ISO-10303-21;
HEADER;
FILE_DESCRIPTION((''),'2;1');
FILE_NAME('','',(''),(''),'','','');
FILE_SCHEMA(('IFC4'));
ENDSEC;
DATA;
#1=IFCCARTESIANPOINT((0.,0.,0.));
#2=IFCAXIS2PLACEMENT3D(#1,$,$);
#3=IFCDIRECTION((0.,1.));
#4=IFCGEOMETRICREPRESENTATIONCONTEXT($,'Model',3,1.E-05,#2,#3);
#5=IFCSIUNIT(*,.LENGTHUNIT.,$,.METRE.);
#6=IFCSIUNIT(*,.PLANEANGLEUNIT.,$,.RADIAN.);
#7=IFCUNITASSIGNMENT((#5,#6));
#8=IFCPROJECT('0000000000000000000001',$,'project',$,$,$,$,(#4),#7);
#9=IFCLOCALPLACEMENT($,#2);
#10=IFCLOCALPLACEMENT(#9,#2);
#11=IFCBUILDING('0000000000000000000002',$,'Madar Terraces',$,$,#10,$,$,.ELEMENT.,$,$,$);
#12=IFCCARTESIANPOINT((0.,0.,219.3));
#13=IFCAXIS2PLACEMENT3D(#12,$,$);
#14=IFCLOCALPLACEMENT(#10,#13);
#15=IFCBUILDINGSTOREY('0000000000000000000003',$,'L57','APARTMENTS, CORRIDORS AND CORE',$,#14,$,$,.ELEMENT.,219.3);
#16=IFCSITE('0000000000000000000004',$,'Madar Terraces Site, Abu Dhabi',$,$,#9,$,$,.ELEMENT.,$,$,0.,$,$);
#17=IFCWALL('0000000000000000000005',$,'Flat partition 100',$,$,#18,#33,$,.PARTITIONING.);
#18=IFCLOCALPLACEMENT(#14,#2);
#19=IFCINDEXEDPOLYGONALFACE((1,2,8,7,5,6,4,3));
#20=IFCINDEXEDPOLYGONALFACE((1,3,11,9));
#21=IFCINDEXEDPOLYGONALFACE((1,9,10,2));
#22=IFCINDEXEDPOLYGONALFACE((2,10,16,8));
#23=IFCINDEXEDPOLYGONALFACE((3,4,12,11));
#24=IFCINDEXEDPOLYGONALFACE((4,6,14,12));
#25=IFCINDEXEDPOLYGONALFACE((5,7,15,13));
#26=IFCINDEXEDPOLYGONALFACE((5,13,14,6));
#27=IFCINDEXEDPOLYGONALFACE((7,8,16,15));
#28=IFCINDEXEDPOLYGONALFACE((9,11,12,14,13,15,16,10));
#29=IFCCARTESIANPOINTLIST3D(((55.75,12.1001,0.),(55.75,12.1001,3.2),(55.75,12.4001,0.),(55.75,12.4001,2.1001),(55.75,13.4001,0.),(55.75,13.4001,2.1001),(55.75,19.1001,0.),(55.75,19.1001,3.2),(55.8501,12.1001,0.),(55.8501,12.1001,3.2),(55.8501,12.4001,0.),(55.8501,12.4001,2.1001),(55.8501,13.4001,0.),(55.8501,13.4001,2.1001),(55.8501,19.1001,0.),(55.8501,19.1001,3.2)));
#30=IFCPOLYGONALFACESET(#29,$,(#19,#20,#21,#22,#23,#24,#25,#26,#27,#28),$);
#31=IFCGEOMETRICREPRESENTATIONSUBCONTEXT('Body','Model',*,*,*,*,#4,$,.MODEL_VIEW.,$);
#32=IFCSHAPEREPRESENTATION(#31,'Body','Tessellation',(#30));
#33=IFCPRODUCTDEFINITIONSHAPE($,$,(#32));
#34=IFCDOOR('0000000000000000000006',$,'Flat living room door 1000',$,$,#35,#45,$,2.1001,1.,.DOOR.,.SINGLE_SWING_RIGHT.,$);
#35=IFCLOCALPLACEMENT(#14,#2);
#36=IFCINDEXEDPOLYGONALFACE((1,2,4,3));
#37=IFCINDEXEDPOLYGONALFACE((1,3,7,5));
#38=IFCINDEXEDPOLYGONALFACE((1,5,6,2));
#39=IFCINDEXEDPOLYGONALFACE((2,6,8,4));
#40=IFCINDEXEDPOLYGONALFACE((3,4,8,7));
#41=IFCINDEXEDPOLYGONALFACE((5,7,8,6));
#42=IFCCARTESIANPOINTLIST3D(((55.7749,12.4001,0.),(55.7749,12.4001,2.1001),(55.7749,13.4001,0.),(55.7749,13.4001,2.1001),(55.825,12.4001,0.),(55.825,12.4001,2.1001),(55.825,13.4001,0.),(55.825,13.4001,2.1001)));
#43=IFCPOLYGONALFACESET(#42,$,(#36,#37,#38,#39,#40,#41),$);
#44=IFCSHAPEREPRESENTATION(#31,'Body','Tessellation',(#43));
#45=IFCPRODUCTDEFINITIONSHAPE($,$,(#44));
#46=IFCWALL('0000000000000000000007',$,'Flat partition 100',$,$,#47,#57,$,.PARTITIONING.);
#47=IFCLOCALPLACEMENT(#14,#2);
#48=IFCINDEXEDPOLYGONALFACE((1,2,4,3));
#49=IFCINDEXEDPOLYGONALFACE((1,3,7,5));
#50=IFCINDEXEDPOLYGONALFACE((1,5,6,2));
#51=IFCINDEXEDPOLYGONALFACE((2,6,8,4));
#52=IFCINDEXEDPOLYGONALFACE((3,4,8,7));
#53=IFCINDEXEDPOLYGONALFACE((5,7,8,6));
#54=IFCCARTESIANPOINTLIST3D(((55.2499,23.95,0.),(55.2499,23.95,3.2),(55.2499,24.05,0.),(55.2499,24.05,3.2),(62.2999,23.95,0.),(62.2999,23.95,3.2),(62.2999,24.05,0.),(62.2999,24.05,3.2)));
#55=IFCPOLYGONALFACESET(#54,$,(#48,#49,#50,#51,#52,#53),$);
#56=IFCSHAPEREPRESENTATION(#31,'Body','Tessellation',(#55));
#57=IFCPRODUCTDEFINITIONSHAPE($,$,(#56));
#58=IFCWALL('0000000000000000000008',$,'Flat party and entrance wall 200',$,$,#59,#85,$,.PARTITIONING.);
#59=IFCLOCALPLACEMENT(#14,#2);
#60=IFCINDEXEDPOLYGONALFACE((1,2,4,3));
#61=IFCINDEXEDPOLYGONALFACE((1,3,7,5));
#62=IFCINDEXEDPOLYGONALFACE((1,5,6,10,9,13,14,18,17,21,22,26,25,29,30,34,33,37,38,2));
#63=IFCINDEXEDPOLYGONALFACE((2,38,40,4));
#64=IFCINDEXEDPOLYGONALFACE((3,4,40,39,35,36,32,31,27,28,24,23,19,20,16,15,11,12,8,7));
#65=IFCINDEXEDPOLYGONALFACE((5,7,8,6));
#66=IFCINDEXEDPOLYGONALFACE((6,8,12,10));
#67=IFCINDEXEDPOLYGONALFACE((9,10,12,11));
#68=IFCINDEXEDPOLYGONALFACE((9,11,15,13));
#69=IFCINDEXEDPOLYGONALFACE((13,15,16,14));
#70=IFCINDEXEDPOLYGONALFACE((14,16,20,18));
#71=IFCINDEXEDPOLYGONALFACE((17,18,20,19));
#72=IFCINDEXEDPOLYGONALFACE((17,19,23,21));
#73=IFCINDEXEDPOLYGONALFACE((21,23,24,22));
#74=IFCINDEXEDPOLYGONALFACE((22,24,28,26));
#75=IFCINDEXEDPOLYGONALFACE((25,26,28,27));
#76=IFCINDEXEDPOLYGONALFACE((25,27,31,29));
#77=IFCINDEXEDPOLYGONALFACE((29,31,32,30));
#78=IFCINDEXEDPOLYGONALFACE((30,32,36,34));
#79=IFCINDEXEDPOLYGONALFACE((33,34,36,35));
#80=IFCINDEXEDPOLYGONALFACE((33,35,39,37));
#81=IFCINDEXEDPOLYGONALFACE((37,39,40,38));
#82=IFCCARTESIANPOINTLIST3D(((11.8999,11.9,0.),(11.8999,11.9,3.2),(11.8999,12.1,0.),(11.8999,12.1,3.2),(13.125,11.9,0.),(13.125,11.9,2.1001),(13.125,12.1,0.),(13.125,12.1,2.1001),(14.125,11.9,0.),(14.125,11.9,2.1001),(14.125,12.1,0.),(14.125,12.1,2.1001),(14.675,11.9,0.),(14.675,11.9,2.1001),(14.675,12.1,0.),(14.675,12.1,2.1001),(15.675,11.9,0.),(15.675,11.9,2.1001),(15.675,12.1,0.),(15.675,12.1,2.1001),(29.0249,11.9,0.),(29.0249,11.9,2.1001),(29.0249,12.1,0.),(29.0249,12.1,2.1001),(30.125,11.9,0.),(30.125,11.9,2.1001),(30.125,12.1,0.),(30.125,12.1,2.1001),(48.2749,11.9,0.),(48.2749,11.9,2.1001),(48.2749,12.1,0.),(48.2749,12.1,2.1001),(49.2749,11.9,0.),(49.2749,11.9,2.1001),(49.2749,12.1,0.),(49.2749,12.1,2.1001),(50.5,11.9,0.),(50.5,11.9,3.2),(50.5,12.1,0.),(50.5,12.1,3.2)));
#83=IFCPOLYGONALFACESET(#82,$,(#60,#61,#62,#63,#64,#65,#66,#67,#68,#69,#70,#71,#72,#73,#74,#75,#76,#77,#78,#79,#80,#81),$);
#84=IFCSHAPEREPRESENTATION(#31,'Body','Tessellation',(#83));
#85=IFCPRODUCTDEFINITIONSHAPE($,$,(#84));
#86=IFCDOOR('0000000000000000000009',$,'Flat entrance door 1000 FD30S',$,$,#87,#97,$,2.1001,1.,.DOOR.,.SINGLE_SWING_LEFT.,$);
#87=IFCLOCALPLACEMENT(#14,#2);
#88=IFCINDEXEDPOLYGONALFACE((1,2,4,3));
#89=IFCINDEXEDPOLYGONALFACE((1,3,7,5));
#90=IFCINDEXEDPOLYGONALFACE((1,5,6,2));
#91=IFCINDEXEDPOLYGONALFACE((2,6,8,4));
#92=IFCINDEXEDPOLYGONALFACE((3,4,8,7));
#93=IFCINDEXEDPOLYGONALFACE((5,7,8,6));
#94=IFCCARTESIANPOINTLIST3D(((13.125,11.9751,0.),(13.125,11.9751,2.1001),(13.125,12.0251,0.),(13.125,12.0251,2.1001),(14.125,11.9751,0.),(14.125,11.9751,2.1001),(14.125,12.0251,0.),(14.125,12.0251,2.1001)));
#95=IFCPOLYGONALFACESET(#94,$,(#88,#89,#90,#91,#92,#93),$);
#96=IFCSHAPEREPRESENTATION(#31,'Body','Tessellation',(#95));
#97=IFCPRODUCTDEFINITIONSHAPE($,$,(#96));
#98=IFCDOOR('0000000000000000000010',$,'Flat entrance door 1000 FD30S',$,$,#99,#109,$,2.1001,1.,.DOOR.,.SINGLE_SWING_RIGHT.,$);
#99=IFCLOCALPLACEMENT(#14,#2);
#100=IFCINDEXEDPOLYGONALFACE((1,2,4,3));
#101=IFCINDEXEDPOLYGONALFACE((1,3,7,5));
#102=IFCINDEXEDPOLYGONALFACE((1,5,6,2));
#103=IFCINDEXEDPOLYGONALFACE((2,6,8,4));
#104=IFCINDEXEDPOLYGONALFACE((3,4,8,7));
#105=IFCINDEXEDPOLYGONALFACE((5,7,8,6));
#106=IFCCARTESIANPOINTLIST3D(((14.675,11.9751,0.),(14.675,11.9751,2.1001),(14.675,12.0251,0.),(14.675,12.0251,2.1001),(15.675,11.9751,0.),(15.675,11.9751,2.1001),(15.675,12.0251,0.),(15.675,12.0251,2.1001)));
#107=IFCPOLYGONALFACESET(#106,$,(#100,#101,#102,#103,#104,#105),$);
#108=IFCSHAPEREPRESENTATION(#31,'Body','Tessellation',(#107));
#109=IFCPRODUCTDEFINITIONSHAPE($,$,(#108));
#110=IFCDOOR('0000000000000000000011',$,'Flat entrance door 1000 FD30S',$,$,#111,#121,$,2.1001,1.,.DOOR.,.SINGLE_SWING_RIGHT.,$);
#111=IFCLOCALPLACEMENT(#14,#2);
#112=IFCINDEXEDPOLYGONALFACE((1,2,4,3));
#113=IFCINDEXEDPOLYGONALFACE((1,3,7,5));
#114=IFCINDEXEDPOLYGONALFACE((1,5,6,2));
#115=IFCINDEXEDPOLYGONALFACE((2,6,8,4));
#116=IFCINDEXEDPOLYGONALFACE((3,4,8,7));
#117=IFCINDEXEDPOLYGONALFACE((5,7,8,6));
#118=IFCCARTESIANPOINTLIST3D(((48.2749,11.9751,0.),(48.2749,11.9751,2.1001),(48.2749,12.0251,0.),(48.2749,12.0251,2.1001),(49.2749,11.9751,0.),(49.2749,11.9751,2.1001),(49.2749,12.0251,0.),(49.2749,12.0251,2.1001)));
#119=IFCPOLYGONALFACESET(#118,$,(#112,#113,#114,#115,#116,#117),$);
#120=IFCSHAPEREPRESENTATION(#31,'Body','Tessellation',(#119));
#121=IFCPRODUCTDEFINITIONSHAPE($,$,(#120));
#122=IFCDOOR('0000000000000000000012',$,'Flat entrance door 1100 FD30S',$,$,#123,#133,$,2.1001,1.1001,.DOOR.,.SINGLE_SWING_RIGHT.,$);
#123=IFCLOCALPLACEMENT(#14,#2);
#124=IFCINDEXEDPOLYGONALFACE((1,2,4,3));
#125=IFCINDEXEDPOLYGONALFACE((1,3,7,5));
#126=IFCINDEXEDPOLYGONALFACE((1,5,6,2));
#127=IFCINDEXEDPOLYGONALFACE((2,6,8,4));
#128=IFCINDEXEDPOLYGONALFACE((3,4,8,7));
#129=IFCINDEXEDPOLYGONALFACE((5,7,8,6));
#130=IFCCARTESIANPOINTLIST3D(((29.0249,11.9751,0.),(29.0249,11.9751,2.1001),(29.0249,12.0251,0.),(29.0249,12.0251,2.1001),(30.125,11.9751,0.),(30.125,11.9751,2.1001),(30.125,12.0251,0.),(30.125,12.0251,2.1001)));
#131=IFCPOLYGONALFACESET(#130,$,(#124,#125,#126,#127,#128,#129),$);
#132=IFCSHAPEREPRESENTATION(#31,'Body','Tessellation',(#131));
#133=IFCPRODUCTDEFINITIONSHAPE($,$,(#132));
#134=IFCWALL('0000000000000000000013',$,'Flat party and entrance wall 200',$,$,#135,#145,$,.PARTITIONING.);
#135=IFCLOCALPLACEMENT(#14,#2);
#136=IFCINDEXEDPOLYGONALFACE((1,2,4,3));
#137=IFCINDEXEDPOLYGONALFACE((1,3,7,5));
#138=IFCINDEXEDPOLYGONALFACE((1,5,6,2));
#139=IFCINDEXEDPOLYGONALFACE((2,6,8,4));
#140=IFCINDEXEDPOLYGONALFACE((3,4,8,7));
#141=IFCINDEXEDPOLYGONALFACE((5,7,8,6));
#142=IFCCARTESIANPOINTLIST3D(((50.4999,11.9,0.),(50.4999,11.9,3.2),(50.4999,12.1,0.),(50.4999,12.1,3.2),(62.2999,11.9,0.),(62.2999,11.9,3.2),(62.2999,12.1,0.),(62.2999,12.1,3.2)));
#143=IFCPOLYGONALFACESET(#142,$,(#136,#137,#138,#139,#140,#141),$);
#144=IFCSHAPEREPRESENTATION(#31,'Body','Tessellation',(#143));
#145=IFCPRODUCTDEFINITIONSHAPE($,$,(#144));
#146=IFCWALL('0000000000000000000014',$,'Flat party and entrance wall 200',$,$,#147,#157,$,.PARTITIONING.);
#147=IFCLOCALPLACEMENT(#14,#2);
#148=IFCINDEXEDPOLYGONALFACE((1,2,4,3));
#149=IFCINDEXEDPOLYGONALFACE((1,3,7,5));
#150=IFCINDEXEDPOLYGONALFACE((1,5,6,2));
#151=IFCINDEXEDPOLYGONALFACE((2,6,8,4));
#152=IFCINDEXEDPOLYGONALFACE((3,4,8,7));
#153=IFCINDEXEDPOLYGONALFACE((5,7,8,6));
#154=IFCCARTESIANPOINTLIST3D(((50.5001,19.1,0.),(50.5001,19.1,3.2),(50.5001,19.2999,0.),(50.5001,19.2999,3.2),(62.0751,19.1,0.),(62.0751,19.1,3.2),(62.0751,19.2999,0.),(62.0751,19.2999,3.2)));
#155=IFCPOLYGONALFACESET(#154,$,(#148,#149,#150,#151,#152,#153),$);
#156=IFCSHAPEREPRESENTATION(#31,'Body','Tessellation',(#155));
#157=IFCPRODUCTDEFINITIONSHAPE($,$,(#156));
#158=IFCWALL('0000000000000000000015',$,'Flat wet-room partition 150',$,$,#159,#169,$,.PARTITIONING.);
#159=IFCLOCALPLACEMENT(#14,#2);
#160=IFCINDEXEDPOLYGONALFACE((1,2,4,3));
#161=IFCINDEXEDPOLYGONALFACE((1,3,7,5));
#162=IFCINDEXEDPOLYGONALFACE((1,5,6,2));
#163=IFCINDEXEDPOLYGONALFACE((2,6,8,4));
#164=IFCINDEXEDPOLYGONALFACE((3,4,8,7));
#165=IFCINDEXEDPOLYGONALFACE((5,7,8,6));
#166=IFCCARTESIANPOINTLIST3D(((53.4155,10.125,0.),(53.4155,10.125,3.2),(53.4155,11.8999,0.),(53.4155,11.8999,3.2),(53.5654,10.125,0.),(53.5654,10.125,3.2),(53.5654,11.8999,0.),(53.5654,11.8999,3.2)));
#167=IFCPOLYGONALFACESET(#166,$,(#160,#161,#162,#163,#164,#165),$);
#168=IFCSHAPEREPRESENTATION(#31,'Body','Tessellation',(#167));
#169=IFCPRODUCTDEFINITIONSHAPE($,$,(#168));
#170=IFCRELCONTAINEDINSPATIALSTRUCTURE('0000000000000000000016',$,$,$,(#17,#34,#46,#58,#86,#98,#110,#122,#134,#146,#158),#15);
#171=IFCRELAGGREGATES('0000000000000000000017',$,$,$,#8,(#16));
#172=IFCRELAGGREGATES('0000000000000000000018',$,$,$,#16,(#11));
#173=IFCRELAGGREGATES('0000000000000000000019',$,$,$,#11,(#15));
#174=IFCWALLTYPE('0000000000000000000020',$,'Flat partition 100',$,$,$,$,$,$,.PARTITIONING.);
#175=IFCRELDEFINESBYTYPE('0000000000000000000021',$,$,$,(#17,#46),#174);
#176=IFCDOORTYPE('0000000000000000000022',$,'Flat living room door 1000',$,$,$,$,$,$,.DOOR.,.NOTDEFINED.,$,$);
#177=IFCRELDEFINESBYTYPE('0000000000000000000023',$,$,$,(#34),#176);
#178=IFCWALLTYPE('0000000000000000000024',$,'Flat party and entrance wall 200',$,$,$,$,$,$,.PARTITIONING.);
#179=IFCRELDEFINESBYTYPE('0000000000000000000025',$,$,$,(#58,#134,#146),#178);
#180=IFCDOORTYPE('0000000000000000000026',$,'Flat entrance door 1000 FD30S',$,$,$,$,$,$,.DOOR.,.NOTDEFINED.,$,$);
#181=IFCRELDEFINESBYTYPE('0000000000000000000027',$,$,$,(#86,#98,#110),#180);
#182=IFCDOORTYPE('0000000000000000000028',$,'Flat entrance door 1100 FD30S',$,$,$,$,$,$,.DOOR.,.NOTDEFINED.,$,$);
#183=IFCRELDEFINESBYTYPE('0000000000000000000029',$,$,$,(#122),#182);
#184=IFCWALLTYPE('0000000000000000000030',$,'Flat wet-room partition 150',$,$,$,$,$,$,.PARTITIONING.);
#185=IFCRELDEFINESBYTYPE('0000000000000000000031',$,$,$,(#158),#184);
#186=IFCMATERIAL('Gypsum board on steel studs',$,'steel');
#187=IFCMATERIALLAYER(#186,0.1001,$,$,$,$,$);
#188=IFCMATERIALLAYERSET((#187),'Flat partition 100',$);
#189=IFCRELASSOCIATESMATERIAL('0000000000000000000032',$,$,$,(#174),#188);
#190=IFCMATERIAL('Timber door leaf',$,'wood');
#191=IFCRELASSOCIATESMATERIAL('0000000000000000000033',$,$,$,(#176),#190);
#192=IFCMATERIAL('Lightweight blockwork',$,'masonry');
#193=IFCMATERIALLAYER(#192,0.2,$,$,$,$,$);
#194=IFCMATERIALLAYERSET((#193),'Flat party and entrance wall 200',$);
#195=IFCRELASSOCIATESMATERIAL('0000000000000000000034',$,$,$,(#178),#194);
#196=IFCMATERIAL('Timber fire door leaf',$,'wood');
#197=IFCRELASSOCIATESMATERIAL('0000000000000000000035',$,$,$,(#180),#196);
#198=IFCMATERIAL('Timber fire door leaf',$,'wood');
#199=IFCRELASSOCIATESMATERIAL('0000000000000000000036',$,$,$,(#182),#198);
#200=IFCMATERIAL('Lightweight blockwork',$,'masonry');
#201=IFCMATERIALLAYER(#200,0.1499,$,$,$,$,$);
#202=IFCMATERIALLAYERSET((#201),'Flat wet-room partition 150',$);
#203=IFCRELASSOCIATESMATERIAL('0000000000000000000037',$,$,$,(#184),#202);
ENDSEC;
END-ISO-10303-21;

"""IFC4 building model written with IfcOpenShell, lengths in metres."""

from ifc_helpers import new_model, si_unit, direction, frame, frame_2d, origin, place, context, subcontext, project, spatial, rectangle, extrude, material, layer, layer_set, type_object, element, fill, save


model = new_model("IFC4")

# Units and contexts
model_context = context("Model", 3, precision=1e-05, world=origin(), true_north=direction((0.0, 1.0)))
body_context = subcontext(model_context, "Body", "Model", "MODEL_VIEW")
ifc_project = project(units=[si_unit("LENGTHUNIT", "METRE"), si_unit("PLANEANGLEUNIT", "RADIAN")], contexts=[model_context])

# Site, building, storey
site_placement = place(None, origin())
site = spatial("IfcSite", under=ifc_project, at=site_placement, Name="Madar Terraces Site, Abu Dhabi", CompositionType="ELEMENT", RefElevation=0.0)
building_placement = place(site_placement, origin())
building = spatial("IfcBuilding", under=site, at=building_placement, Name="Madar Terraces", CompositionType="ELEMENT")
storey_placement = place(building_placement, frame((0.0, 0.0, 219.3)))
storey = spatial("IfcBuildingStorey", under=building, at=storey_placement, Name="L57", Description="APARTMENTS, CORRIDORS AND CORE", CompositionType="ELEMENT", Elevation=219.3)

# Wall, opening, door
ifc_material_1 = material(Name="Gypsum board on steel studs", Category="steel")
ifc_layer_1 = layer(ifc_material_1, 0.1001)
ifc_layer_set_1 = layer_set([ifc_layer_1], Name="Flat partition 100")
wall_type_1 = type_object("IfcWallType", Name="Flat partition 100", PredefinedType="PARTITIONING", material=ifc_layer_set_1)
wall_1_placement = place(storey_placement, frame((55.8, 19.1001, 0.0), z_axis=(0.0, 0.0, 1.0), x_axis=(0.0, -1.0, 0.0)))
wall_1 = element("IfcWall", 1, at=wall_1_placement, inside=storey, type_object=wall_type_1, Name="Flat partition 100", PredefinedType="PARTITIONING", context=body_context, shape_type="SweptSolid", body=[
    extrude(rectangle(XDim=7.0, YDim=0.1001, at=frame_2d((3.5, 0.0))), origin(), (0.0, 0.0, 1.0), 3.2),
])
opening_1_placement = place(wall_1_placement, frame((5.7, 0.0, 0.0)))
opening_1 = element("IfcOpeningElement", 2, at=opening_1_placement, cuts=wall_1, PredefinedType="OPENING", context=body_context, shape_type="SweptSolid", body=[
    extrude(rectangle(XDim=1.0, YDim=2.1001, at=frame_2d((0.5, 1.05))), frame((0.0, 0.0601, 0.0), z_axis=(0.0, -1.0, 0.0), x_axis=(1.0, 0.0, 0.0)), (0.0, 0.0, 1.0), 0.1201),
])
ifc_material_2 = material(Name="Timber door leaf", Category="wood")
door_type_1 = type_object("IfcDoorType", Name="Flat living room door 1000", OperationType="NOTDEFINED", PredefinedType="DOOR", material=ifc_material_2)
door_1_placement = place(opening_1_placement, origin())
door_1 = element("IfcDoor", 3, at=door_1_placement, inside=storey, type_object=door_type_1, Name="Flat living room door 1000", OperationType="SINGLE_SWING_RIGHT", OverallHeight=2.1001, OverallWidth=1.0, PredefinedType="DOOR", context=body_context, shape_type="SweptSolid", body=[
    extrude(rectangle(XDim=1.0, YDim=2.1001, at=frame_2d((0.5, 1.05))), frame((0.0, 0.0249, 0.0), z_axis=(0.0, -1.0, 0.0), x_axis=(1.0, 0.0, 0.0)), (0.0, 0.0, 1.0), 0.05),
])
fill(opening_1, door_1)

# Wall
wall_2_placement = place(storey_placement, frame((55.25, 24.0, 0.0), z_axis=(0.0, 0.0, 1.0), x_axis=(1.0, 0.0, 0.0)))
element("IfcWall", 4, at=wall_2_placement, inside=storey, type_object=wall_type_1, Name="Flat partition 100", PredefinedType="PARTITIONING", context=body_context, shape_type="SweptSolid", body=[
    extrude(rectangle(XDim=7.05, YDim=0.1001, at=frame_2d((3.5249, 0.0))), origin(), (0.0, 0.0, 1.0), 3.2),
])

# Wall, openings, doors
ifc_material_3 = material(Name="Lightweight blockwork", Category="masonry")
ifc_layer_2 = layer(ifc_material_3, 0.2)
ifc_layer_set_2 = layer_set([ifc_layer_2], Name="Flat party and entrance wall 200")
wall_type_2 = type_object("IfcWallType", Name="Flat party and entrance wall 200", PredefinedType="PARTITIONING", material=ifc_layer_set_2)
wall_3_placement = place(storey_placement, frame((50.5, 12.0, 0.0), z_axis=(0.0, 0.0, 1.0), x_axis=(-1.0, 0.0, 0.0)))
wall_3 = element("IfcWall", 5, at=wall_3_placement, inside=storey, type_object=wall_type_2, Name="Flat party and entrance wall 200", PredefinedType="PARTITIONING", context=body_context, shape_type="SweptSolid", body=[
    extrude(rectangle(XDim=38.6001, YDim=0.2, at=frame_2d((19.3, 0.0))), origin(), (0.0, 0.0, 1.0), 3.2),
])
opening_2_placement = place(wall_3_placement, frame((36.375, 0.0, 0.0)))
opening_2 = element("IfcOpeningElement", 6, at=opening_2_placement, cuts=wall_3, PredefinedType="OPENING", context=body_context, shape_type="SweptSolid", body=[
    extrude(rectangle(XDim=1.0, YDim=2.1001, at=frame_2d((0.5, 1.05))), frame((0.0, 0.1099, 0.0), z_axis=(0.0, -1.0, 0.0), x_axis=(1.0, 0.0, 0.0)), (0.0, 0.0, 1.0), 0.22),
])
opening_3_placement = place(wall_3_placement, frame((34.825, 0.0, 0.0)))
opening_3 = element("IfcOpeningElement", 7, at=opening_3_placement, cuts=wall_3, PredefinedType="OPENING", context=body_context, shape_type="SweptSolid", body=[
    extrude(rectangle(XDim=1.0, YDim=2.1001, at=frame_2d((0.5, 1.05))), frame((0.0, 0.1099, 0.0), z_axis=(0.0, -1.0, 0.0), x_axis=(1.0, 0.0, 0.0)), (0.0, 0.0, 1.0), 0.22),
])
opening_4_placement = place(wall_3_placement, frame((20.375, 0.0, 0.0)))
opening_4 = element("IfcOpeningElement", 8, at=opening_4_placement, cuts=wall_3, PredefinedType="OPENING", context=body_context, shape_type="SweptSolid", body=[
    extrude(rectangle(XDim=1.1001, YDim=2.1001, at=frame_2d((0.55, 1.05))), frame((0.0, 0.1099, 0.0), z_axis=(0.0, -1.0, 0.0), x_axis=(1.0, 0.0, 0.0)), (0.0, 0.0, 1.0), 0.22),
])
opening_5_placement = place(wall_3_placement, frame((1.2251, 0.0, 0.0)))
opening_5 = element("IfcOpeningElement", 9, at=opening_5_placement, cuts=wall_3, PredefinedType="OPENING", context=body_context, shape_type="SweptSolid", body=[
    extrude(rectangle(XDim=1.0, YDim=2.1001, at=frame_2d((0.5, 1.05))), frame((0.0, 0.1099, 0.0), z_axis=(0.0, -1.0, 0.0), x_axis=(1.0, 0.0, 0.0)), (0.0, 0.0, 1.0), 0.22),
])
ifc_material_4 = material(Name="Timber fire door leaf", Category="wood")
door_type_2 = type_object("IfcDoorType", Name="Flat entrance door 1000 FD30S", OperationType="NOTDEFINED", PredefinedType="DOOR", material=ifc_material_4)
door_2_placement = place(opening_2_placement, origin())
door_2 = element("IfcDoor", 10, at=door_2_placement, inside=storey, type_object=door_type_2, Name="Flat entrance door 1000 FD30S", OperationType="SINGLE_SWING_LEFT", OverallHeight=2.1001, OverallWidth=1.0, PredefinedType="DOOR", context=body_context, shape_type="SweptSolid", body=[
    extrude(rectangle(XDim=1.0, YDim=2.1001, at=frame_2d((0.5, 1.05))), frame((0.0, 0.0249, 0.0), z_axis=(0.0, -1.0, 0.0), x_axis=(1.0, 0.0, 0.0)), (0.0, 0.0, 1.0), 0.05),
])
fill(opening_2, door_2)
door_3_placement = place(opening_3_placement, origin())
door_3 = element("IfcDoor", 11, at=door_3_placement, inside=storey, type_object=door_type_2, Name="Flat entrance door 1000 FD30S", OperationType="SINGLE_SWING_RIGHT", OverallHeight=2.1001, OverallWidth=1.0, PredefinedType="DOOR", context=body_context, shape_type="SweptSolid", body=[
    extrude(rectangle(XDim=1.0, YDim=2.1001, at=frame_2d((0.5, 1.05))), frame((0.0, 0.0249, 0.0), z_axis=(0.0, -1.0, 0.0), x_axis=(1.0, 0.0, 0.0)), (0.0, 0.0, 1.0), 0.05),
])
fill(opening_3, door_3)
door_4_placement = place(opening_5_placement, origin())
door_4 = element("IfcDoor", 12, at=door_4_placement, inside=storey, type_object=door_type_2, Name="Flat entrance door 1000 FD30S", OperationType="SINGLE_SWING_RIGHT", OverallHeight=2.1001, OverallWidth=1.0, PredefinedType="DOOR", context=body_context, shape_type="SweptSolid", body=[
    extrude(rectangle(XDim=1.0, YDim=2.1001, at=frame_2d((0.5, 1.05))), frame((0.0, 0.0249, 0.0), z_axis=(0.0, -1.0, 0.0), x_axis=(1.0, 0.0, 0.0)), (0.0, 0.0, 1.0), 0.05),
])
fill(opening_5, door_4)
ifc_material_5 = material(Name="Timber fire door leaf", Category="wood")
door_type_3 = type_object("IfcDoorType", Name="Flat entrance door 1100 FD30S", OperationType="NOTDEFINED", PredefinedType="DOOR", material=ifc_material_5)
door_5_placement = place(opening_4_placement, origin())
door_5 = element("IfcDoor", 13, at=door_5_placement, inside=storey, type_object=door_type_3, Name="Flat entrance door 1100 FD30S", OperationType="SINGLE_SWING_RIGHT", OverallHeight=2.1001, OverallWidth=1.1001, PredefinedType="DOOR", context=body_context, shape_type="SweptSolid", body=[
    extrude(rectangle(XDim=1.1001, YDim=2.1001, at=frame_2d((0.55, 1.05))), frame((0.0, 0.0249, 0.0), z_axis=(0.0, -1.0, 0.0), x_axis=(1.0, 0.0, 0.0)), (0.0, 0.0, 1.0), 0.05),
])
fill(opening_4, door_5)

# Walls
wall_4_placement = place(storey_placement, frame((50.5, 12.0, 0.0), z_axis=(0.0, 0.0, 1.0), x_axis=(1.0, 0.0, 0.0)))
element("IfcWall", 14, at=wall_4_placement, inside=storey, type_object=wall_type_2, Name="Flat party and entrance wall 200", PredefinedType="PARTITIONING", context=body_context, shape_type="SweptSolid", body=[
    extrude(rectangle(XDim=11.8, YDim=0.2, at=frame_2d((5.8999, 0.0))), origin(), (0.0, 0.0, 1.0), 3.2),
])
wall_5_placement = place(storey_placement, frame((50.5, 19.2, 0.0), z_axis=(0.0, 0.0, 1.0), x_axis=(1.0, 0.0, 0.0)))
element("IfcWall", 15, at=wall_5_placement, inside=storey, type_object=wall_type_2, Name="Flat party and entrance wall 200", PredefinedType="PARTITIONING", context=body_context, shape_type="SweptSolid", body=[
    extrude(rectangle(XDim=11.575, YDim=0.2, at=frame_2d((5.7876, 0.0))), origin(), (0.0, 0.0, 1.0), 3.2),
])
ifc_material_6 = material(Name="Lightweight blockwork", Category="masonry")
ifc_layer_3 = layer(ifc_material_6, 0.1499)
ifc_layer_set_3 = layer_set([ifc_layer_3], Name="Flat wet-room partition 150")
wall_type_3 = type_object("IfcWallType", Name="Flat wet-room partition 150", PredefinedType="PARTITIONING", material=ifc_layer_set_3)
wall_6_placement = place(storey_placement, frame((53.4905, 11.8999, 0.0), z_axis=(0.0, 0.0, 1.0), x_axis=(0.0, -1.0, 0.0)))
element("IfcWall", 16, at=wall_6_placement, inside=storey, type_object=wall_type_3, Name="Flat wet-room partition 150", PredefinedType="PARTITIONING", context=body_context, shape_type="SweptSolid", body=[
    extrude(rectangle(XDim=1.7749, YDim=0.1499, at=frame_2d((0.8875, 0.0))), origin(), (0.0, 0.0, 1.0), 3.2),
])

save(model, "model.ifc")
